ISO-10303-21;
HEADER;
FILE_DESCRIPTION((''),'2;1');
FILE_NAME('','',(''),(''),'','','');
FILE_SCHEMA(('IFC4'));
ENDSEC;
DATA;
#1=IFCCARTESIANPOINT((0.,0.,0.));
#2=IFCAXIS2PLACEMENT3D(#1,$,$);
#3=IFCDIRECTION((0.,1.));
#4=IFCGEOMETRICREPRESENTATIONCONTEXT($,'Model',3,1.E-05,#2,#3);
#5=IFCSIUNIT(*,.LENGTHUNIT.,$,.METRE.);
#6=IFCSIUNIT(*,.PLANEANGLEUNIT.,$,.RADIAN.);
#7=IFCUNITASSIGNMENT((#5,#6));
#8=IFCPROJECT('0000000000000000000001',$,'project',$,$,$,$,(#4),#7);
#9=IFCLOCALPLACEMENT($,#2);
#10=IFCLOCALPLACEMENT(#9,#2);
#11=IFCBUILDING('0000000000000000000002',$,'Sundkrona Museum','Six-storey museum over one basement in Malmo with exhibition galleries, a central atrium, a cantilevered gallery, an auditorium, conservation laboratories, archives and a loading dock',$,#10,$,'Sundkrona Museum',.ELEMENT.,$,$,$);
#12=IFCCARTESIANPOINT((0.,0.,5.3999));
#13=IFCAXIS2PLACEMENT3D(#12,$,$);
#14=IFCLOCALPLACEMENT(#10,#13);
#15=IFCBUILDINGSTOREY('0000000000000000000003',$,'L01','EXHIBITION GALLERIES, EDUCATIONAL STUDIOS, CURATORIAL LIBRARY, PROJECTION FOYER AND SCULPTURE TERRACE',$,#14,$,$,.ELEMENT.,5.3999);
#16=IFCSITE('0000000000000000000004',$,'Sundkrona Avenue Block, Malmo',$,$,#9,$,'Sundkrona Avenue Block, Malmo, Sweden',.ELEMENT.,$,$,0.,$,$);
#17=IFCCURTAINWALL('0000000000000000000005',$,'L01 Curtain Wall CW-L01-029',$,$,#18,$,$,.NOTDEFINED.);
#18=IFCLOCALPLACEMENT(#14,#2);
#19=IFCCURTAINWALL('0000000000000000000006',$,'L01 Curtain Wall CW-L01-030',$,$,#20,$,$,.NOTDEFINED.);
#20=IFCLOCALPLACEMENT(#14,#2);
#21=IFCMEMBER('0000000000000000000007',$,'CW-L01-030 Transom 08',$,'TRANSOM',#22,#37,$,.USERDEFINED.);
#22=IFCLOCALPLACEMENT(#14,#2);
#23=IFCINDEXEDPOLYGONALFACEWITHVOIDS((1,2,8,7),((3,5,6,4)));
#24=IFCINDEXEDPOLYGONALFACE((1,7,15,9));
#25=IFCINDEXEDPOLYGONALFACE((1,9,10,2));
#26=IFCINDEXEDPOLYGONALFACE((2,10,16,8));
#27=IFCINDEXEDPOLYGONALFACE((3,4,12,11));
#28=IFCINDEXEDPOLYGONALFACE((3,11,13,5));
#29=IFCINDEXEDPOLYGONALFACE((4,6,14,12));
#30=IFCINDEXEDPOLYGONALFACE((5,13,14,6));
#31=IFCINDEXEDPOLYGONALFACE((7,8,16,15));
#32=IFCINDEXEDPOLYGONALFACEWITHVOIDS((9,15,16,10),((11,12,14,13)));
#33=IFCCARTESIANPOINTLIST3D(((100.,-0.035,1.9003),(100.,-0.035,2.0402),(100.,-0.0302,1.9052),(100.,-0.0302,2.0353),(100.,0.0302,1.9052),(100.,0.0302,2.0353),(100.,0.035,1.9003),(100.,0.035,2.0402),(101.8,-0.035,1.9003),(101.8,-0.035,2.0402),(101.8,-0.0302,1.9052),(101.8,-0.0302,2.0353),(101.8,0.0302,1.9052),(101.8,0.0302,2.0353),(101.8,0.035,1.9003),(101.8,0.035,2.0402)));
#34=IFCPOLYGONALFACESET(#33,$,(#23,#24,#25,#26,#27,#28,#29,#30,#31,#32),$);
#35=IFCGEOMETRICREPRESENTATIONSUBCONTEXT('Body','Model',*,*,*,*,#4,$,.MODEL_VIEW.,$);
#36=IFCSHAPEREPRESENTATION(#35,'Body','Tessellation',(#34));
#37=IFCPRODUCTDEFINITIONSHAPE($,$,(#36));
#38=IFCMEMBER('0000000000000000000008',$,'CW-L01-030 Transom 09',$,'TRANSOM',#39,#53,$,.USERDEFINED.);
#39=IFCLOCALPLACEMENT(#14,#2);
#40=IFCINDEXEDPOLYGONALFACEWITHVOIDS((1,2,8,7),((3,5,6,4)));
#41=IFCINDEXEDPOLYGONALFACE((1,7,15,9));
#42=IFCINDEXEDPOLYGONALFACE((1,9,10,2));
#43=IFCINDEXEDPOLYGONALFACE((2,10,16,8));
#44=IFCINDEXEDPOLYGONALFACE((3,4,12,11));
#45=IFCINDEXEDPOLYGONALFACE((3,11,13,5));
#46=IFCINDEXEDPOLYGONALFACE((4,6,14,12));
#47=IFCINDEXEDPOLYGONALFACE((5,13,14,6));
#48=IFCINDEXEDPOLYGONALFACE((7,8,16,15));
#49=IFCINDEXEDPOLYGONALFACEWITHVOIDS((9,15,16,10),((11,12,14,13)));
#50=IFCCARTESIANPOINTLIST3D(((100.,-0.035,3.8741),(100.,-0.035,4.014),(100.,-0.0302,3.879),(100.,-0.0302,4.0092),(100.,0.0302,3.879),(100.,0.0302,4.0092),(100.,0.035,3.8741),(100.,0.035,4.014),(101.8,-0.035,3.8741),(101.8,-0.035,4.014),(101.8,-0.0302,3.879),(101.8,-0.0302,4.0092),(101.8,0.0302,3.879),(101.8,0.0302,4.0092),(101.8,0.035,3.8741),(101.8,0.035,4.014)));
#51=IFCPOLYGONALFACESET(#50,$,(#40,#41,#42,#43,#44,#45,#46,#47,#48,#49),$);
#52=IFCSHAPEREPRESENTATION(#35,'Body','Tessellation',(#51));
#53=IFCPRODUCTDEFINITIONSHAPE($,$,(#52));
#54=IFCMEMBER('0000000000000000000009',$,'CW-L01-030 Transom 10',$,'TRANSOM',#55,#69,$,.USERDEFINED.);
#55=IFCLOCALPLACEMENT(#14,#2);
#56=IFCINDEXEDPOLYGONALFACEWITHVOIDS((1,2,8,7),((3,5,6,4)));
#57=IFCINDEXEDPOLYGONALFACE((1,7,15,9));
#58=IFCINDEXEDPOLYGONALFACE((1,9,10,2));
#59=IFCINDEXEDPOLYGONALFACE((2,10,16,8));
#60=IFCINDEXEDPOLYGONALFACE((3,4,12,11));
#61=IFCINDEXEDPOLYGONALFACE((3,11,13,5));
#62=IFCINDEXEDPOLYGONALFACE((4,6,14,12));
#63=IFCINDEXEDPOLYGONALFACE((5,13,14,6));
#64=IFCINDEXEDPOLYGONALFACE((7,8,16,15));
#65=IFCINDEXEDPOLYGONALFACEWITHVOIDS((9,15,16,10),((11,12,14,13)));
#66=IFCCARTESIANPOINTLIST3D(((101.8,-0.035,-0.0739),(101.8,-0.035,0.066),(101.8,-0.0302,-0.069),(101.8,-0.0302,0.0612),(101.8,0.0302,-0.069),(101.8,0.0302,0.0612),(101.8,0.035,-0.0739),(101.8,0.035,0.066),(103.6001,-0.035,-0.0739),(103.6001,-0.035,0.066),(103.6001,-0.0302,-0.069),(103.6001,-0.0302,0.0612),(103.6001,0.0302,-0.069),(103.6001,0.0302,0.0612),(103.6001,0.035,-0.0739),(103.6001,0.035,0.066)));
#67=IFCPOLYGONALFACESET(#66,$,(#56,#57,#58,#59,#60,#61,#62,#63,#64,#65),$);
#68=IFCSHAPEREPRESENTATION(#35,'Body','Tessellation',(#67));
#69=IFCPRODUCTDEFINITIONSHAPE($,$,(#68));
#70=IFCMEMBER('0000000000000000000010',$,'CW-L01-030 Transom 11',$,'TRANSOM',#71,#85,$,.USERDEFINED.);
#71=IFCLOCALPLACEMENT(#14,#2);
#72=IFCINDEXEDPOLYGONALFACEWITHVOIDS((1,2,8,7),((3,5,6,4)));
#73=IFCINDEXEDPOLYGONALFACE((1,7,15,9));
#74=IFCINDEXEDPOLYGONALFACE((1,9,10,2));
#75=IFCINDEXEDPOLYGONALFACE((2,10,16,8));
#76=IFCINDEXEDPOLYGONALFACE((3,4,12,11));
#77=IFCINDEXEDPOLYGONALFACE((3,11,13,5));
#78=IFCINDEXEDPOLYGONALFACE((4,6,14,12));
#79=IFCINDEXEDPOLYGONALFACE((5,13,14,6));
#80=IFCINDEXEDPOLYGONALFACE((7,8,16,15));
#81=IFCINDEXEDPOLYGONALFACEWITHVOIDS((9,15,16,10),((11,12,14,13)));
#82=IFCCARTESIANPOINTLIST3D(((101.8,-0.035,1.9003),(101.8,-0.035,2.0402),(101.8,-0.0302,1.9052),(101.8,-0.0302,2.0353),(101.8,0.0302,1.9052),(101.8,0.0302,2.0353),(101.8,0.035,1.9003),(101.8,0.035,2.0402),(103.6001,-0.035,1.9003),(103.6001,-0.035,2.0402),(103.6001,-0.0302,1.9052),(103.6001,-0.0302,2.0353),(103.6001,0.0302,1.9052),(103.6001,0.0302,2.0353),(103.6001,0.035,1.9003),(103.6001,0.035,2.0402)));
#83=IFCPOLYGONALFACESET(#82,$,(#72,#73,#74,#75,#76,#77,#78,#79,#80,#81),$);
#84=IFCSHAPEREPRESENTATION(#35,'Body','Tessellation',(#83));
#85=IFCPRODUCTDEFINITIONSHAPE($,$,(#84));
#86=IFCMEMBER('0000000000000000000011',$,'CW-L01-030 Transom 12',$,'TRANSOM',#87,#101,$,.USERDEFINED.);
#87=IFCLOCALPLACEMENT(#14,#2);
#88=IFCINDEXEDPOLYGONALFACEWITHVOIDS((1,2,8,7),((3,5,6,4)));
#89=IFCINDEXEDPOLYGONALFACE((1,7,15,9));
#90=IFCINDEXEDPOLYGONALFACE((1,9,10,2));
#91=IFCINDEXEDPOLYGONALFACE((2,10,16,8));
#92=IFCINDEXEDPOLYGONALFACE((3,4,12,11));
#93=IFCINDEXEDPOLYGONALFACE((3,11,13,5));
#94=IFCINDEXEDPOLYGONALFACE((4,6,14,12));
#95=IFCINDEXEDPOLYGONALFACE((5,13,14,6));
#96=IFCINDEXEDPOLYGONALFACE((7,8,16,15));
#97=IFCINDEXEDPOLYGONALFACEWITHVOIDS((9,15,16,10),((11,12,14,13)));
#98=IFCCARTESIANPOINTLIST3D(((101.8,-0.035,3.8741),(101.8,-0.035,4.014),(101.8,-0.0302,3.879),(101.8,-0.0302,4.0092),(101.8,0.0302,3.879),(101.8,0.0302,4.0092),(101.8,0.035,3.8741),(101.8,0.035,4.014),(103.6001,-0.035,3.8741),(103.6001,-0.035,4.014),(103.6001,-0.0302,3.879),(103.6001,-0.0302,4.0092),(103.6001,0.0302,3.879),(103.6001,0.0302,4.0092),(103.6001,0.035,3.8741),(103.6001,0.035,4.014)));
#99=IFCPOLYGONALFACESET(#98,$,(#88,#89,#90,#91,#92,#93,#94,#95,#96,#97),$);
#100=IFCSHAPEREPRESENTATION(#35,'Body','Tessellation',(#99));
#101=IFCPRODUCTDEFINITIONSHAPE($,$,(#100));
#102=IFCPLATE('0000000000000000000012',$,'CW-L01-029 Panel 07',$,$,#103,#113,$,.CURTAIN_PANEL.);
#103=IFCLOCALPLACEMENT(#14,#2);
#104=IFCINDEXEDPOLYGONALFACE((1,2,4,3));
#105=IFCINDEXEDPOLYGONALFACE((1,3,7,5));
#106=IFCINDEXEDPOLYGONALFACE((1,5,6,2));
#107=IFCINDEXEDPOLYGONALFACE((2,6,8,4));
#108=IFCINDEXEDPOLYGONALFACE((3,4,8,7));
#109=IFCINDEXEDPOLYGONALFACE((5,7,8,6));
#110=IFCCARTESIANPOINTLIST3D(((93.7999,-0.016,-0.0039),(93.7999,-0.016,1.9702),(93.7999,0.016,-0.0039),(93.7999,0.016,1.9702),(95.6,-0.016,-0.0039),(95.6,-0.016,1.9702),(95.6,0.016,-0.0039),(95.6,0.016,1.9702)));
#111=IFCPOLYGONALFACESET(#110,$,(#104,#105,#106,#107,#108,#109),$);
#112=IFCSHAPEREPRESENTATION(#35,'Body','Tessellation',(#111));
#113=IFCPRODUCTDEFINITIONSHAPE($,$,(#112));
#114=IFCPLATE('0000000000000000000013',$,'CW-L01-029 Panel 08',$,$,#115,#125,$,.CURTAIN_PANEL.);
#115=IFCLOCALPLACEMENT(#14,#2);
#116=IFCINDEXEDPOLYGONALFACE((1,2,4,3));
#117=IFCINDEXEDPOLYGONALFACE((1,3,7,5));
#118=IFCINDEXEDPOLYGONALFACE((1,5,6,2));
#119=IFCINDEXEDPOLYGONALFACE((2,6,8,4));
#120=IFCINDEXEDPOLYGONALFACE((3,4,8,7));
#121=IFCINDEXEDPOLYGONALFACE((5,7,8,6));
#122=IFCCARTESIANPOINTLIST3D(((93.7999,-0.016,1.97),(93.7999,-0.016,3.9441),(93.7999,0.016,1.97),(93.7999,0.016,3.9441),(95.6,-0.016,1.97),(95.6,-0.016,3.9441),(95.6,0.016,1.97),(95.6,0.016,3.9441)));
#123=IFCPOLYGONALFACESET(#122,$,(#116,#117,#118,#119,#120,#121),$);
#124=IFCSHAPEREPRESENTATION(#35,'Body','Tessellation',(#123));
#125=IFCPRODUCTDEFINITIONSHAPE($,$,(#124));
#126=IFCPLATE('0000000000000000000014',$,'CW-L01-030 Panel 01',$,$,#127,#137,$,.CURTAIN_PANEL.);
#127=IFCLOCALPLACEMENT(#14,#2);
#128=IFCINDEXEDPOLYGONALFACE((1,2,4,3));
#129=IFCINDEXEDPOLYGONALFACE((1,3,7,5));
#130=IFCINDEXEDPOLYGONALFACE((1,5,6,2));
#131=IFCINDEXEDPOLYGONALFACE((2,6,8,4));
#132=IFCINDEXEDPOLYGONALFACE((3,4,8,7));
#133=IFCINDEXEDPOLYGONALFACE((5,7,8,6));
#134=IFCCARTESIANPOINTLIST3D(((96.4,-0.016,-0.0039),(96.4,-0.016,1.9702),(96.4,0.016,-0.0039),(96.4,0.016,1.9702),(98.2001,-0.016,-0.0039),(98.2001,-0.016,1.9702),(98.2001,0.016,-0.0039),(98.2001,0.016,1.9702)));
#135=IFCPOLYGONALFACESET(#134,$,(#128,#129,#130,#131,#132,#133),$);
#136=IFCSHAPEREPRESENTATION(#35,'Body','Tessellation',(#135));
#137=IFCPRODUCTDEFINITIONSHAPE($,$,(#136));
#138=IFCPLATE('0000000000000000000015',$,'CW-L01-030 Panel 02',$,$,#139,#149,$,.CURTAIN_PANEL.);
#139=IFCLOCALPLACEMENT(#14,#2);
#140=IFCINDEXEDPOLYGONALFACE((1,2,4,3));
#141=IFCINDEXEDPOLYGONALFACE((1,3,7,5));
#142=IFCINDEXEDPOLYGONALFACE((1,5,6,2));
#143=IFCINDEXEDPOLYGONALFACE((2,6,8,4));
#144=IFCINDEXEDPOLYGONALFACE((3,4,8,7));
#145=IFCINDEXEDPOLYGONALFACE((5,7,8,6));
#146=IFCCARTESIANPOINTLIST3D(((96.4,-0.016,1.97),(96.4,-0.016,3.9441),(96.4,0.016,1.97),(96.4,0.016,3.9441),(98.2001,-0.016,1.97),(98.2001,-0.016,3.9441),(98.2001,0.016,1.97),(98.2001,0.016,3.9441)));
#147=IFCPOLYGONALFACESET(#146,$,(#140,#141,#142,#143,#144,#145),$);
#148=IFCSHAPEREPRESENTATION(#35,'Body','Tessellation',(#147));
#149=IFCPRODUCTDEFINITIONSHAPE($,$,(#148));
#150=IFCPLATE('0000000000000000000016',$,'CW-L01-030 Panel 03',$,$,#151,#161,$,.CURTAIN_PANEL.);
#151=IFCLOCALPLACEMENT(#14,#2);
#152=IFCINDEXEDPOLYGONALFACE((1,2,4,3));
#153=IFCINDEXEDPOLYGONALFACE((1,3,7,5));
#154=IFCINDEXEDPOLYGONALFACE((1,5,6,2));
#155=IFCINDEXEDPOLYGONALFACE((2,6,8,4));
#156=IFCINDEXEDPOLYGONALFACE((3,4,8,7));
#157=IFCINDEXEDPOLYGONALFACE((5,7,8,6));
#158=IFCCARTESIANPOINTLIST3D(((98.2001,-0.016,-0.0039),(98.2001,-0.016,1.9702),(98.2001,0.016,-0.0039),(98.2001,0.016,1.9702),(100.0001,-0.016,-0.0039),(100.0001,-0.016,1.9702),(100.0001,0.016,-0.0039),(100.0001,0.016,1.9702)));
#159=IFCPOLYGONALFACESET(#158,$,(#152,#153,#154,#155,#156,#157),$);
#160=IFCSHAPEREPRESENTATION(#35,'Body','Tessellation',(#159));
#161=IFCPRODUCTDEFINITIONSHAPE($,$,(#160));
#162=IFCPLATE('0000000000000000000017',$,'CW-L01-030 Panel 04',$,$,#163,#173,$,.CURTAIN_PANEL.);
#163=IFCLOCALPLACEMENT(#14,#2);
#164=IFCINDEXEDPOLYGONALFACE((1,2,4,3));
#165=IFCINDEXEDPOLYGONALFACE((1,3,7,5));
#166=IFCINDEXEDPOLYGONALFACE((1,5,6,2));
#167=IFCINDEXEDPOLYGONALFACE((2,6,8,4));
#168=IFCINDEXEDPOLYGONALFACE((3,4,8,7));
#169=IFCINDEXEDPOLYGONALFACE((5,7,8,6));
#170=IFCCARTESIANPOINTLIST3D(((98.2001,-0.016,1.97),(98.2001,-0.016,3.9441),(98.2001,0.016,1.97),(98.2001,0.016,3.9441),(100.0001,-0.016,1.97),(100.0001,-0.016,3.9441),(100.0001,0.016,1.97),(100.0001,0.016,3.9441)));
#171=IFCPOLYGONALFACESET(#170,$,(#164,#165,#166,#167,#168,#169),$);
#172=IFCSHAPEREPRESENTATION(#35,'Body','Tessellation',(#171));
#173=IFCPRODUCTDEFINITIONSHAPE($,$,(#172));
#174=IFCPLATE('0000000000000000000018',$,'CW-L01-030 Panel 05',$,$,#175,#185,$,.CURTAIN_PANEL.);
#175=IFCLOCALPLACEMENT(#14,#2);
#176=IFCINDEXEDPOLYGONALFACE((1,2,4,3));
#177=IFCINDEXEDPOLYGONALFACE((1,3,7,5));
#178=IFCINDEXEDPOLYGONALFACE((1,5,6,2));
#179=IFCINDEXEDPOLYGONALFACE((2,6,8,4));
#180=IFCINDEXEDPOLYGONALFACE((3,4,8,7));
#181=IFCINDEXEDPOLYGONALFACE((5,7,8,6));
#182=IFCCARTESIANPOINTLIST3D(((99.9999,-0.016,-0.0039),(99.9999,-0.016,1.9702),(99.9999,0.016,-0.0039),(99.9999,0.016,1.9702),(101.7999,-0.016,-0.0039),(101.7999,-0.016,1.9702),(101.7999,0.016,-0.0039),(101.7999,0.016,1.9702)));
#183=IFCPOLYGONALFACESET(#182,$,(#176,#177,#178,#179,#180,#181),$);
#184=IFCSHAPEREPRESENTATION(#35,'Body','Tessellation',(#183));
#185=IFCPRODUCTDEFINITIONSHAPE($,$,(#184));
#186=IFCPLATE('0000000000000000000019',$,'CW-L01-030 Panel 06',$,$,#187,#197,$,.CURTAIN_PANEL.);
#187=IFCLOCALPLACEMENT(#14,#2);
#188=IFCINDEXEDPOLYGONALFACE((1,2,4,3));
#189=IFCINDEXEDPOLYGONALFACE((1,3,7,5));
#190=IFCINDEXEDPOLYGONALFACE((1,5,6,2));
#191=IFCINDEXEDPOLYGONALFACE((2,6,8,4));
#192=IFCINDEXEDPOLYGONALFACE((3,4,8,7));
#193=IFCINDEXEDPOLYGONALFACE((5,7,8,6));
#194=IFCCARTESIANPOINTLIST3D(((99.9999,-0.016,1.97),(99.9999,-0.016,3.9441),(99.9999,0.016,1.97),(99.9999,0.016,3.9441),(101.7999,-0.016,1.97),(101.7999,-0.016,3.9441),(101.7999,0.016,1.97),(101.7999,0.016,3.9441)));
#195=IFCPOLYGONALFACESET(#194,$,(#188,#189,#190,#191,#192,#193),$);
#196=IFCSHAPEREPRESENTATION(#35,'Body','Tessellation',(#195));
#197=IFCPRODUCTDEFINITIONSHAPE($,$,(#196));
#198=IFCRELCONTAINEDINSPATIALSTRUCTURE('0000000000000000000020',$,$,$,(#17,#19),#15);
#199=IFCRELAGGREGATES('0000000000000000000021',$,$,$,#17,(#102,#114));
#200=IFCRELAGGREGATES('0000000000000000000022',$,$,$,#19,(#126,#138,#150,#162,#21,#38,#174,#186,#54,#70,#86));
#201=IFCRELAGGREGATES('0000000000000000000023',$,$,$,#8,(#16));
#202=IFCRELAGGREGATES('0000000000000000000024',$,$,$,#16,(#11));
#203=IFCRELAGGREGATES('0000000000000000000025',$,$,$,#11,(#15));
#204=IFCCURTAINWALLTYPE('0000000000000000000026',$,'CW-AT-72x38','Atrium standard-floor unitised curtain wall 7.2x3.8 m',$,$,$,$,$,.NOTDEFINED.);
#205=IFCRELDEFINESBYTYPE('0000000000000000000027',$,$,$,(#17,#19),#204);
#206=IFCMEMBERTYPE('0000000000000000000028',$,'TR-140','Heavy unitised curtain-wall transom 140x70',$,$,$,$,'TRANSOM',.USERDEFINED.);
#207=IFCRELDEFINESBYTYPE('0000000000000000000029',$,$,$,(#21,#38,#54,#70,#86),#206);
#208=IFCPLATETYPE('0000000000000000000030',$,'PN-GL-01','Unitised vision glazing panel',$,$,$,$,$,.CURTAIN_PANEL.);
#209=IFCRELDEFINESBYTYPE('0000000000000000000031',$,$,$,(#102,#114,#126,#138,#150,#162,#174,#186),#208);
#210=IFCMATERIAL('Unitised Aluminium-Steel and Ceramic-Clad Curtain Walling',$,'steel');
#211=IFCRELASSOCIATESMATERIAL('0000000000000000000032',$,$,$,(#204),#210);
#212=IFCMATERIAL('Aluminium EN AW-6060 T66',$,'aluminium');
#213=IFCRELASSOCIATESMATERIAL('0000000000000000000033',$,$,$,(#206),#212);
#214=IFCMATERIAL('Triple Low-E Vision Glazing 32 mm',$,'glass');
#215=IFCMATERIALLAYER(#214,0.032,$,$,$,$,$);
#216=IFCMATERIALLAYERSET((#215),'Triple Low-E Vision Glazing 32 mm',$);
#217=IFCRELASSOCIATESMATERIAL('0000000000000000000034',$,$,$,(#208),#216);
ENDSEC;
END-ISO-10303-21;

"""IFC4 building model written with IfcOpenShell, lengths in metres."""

from ifc_helpers import new_model, si_unit, direction, frame, origin, origin_2d, place, context, subcontext, project, spatial, rectangle, hollow_rectangle, extrude, material, layer, layer_set, material_profile, profile_set, type_object, element, aggregate, save


model = new_model("IFC4")

# Units and contexts
model_context = context("Model", 3, precision=1e-05, world=origin(), true_north=direction((0.0, 1.0)))
body_context = subcontext(model_context, "Body", "Model", "MODEL_VIEW")
ifc_project = project(units=[si_unit("LENGTHUNIT", "METRE"), si_unit("PLANEANGLEUNIT", "RADIAN")], contexts=[model_context])

# Site, building, storey
site_placement = place(None, origin())
site = spatial("IfcSite", under=ifc_project, at=site_placement, Name="Sundkrona Avenue Block, Malmo", LongName="Sundkrona Avenue Block, Malmo, Sweden", CompositionType="ELEMENT", RefElevation=0.0)
building_placement = place(site_placement, origin())
building = spatial("IfcBuilding", under=site, at=building_placement, Name="Sundkrona Museum", Description="Six-storey museum over one basement in Malmo with exhibition galleries, a central atrium, a cantilevered gallery, an auditorium, conservation laboratories, archives and a loading dock", LongName="Sundkrona Museum", CompositionType="ELEMENT")
storey_placement = place(building_placement, frame((0.0, 0.0, 5.3999)))
storey = spatial("IfcBuildingStorey", under=building, at=storey_placement, Name="L01", Description="EXHIBITION GALLERIES, EDUCATIONAL STUDIOS, CURATORIAL LIBRARY, PROJECTION FOYER AND SCULPTURE TERRACE", CompositionType="ELEMENT", Elevation=5.3999)

# Curtain wall
ifc_material_1 = material(Name="Unitised Aluminium-Steel and Ceramic-Clad Curtain Walling", Category="steel")
curtain_wall_type_1 = type_object("IfcCurtainWallType", Name="CW-AT-72x38", Description="Atrium standard-floor unitised curtain wall 7.2x3.8 m", PredefinedType="NOTDEFINED", material=ifc_material_1)
curtain_wall_1_placement = place(storey_placement, origin())
curtain_wall_1 = element("IfcCurtainWall", 1, at=curtain_wall_1_placement, inside=storey, type_object=curtain_wall_type_1, Name="L01 Curtain Wall CW-L01-029", PredefinedType="NOTDEFINED")
ifc_material_2 = material(Name="Aluminium EN AW-6060 T66", Category="aluminium")

# Curtain wall
curtain_wall_2_placement = place(storey_placement, origin())
curtain_wall_2 = element("IfcCurtainWall", 2, at=curtain_wall_2_placement, inside=storey, type_object=curtain_wall_type_1, Name="L01 Curtain Wall CW-L01-030", PredefinedType="NOTDEFINED")

# Members
ifc_material_profile_1 = material_profile(ifc_material_2, hollow_rectangle(XDim=0.0701, YDim=0.1399, WallThickness=0.0049, at=origin_2d()), Name="RHS 140x70x5.0")
ifc_profile_set_1 = profile_set([ifc_material_profile_1], Name="Aluminium EN AW-6060 T66")
member_type_1 = type_object("IfcMemberType", Name="TR-140", Description="Heavy unitised curtain-wall transom 140x70", ElementType="TRANSOM", PredefinedType="USERDEFINED", material=ifc_profile_set_1)
member_1_placement = place(storey_placement, frame((100.0, 0.0, 1.9702), z_axis=(1.0, 0.0, 0.0), x_axis=(0.0, 1.0, 0.0)))
member_1 = element("IfcMember", 3, at=member_1_placement, type_object=member_type_1, Name="CW-L01-030 Transom 08", ObjectType="TRANSOM", PredefinedType="USERDEFINED", context=body_context, shape_type="SweptSolid", body=[
    extrude(hollow_rectangle(XDim=0.0701, YDim=0.1399, WallThickness=0.0049, at=origin_2d()), origin(), (0.0, 0.0, 1.0), 1.8),
])
member_2_placement = place(storey_placement, frame((100.0, 0.0, 3.9441), z_axis=(1.0, 0.0, 0.0), x_axis=(0.0, 1.0, 0.0)))
member_2 = element("IfcMember", 4, at=member_2_placement, type_object=member_type_1, Name="CW-L01-030 Transom 09", ObjectType="TRANSOM", PredefinedType="USERDEFINED", context=body_context, shape_type="SweptSolid", body=[
    extrude(hollow_rectangle(XDim=0.0701, YDim=0.1399, WallThickness=0.0049, at=origin_2d()), origin(), (0.0, 0.0, 1.0), 1.8),
])
member_3_placement = place(storey_placement, frame((101.8, 0.0, -0.0039), z_axis=(1.0, 0.0, 0.0), x_axis=(0.0, 1.0, 0.0)))
member_3 = element("IfcMember", 5, at=member_3_placement, type_object=member_type_1, Name="CW-L01-030 Transom 10", ObjectType="TRANSOM", PredefinedType="USERDEFINED", context=body_context, shape_type="SweptSolid", body=[
    extrude(hollow_rectangle(XDim=0.0701, YDim=0.1399, WallThickness=0.0049, at=origin_2d()), origin(), (0.0, 0.0, 1.0), 1.8),
])
member_4_placement = place(storey_placement, frame((101.8, 0.0, 1.9702), z_axis=(1.0, 0.0, 0.0), x_axis=(0.0, 1.0, 0.0)))
member_4 = element("IfcMember", 6, at=member_4_placement, type_object=member_type_1, Name="CW-L01-030 Transom 11", ObjectType="TRANSOM", PredefinedType="USERDEFINED", context=body_context, shape_type="SweptSolid", body=[
    extrude(hollow_rectangle(XDim=0.0701, YDim=0.1399, WallThickness=0.0049, at=origin_2d()), origin(), (0.0, 0.0, 1.0), 1.8),
])
member_5_placement = place(storey_placement, frame((101.8, 0.0, 3.9441), z_axis=(1.0, 0.0, 0.0), x_axis=(0.0, 1.0, 0.0)))
member_5 = element("IfcMember", 7, at=member_5_placement, type_object=member_type_1, Name="CW-L01-030 Transom 12", ObjectType="TRANSOM", PredefinedType="USERDEFINED", context=body_context, shape_type="SweptSolid", body=[
    extrude(hollow_rectangle(XDim=0.0701, YDim=0.1399, WallThickness=0.0049, at=origin_2d()), origin(), (0.0, 0.0, 1.0), 1.8),
])

# Plates
ifc_material_3 = material(Name="Triple Low-E Vision Glazing 32 mm", Category="glass")
ifc_layer = layer(ifc_material_3, 0.032)
ifc_layer_set = layer_set([ifc_layer], Name="Triple Low-E Vision Glazing 32 mm")
plate_type = type_object("IfcPlateType", Name="PN-GL-01", Description="Unitised vision glazing panel", PredefinedType="CURTAIN_PANEL", material=ifc_layer_set)
plate_1_placement = place(storey_placement, frame((94.7, 0.0, -0.0039), z_axis=(0.0, 0.0, 1.0), x_axis=(1.0, 0.0, 0.0)))
plate_1 = element("IfcPlate", 8, at=plate_1_placement, type_object=plate_type, Name="CW-L01-029 Panel 07", PredefinedType="CURTAIN_PANEL", context=body_context, shape_type="SweptSolid", body=[
    extrude(rectangle(XDim=1.8, YDim=0.032, at=origin_2d()), origin(), (0.0, 0.0, 1.0), 1.9741),
])
plate_2_placement = place(storey_placement, frame((94.7, 0.0, 1.97), z_axis=(0.0, 0.0, 1.0), x_axis=(1.0, 0.0, 0.0)))
plate_2 = element("IfcPlate", 9, at=plate_2_placement, type_object=plate_type, Name="CW-L01-029 Panel 08", PredefinedType="CURTAIN_PANEL", context=body_context, shape_type="SweptSolid", body=[
    extrude(rectangle(XDim=1.8, YDim=0.032, at=origin_2d()), origin(), (0.0, 0.0, 1.0), 1.9741),
])
aggregate(curtain_wall_1, [plate_1, plate_2])
plate_3_placement = place(storey_placement, frame((97.3, 0.0, -0.0039), z_axis=(0.0, 0.0, 1.0), x_axis=(1.0, 0.0, 0.0)))
plate_3 = element("IfcPlate", 10, at=plate_3_placement, type_object=plate_type, Name="CW-L01-030 Panel 01", PredefinedType="CURTAIN_PANEL", context=body_context, shape_type="SweptSolid", body=[
    extrude(rectangle(XDim=1.8, YDim=0.032, at=origin_2d()), origin(), (0.0, 0.0, 1.0), 1.9741),
])
plate_4_placement = place(storey_placement, frame((97.3, 0.0, 1.97), z_axis=(0.0, 0.0, 1.0), x_axis=(1.0, 0.0, 0.0)))
plate_4 = element("IfcPlate", 11, at=plate_4_placement, type_object=plate_type, Name="CW-L01-030 Panel 02", PredefinedType="CURTAIN_PANEL", context=body_context, shape_type="SweptSolid", body=[
    extrude(rectangle(XDim=1.8, YDim=0.032, at=origin_2d()), origin(), (0.0, 0.0, 1.0), 1.9741),
])
plate_5_placement = place(storey_placement, frame((99.1001, 0.0, -0.0039), z_axis=(0.0, 0.0, 1.0), x_axis=(1.0, 0.0, 0.0)))
plate_5 = element("IfcPlate", 12, at=plate_5_placement, type_object=plate_type, Name="CW-L01-030 Panel 03", PredefinedType="CURTAIN_PANEL", context=body_context, shape_type="SweptSolid", body=[
    extrude(rectangle(XDim=1.8, YDim=0.032, at=origin_2d()), origin(), (0.0, 0.0, 1.0), 1.9741),
])
plate_6_placement = place(storey_placement, frame((99.1001, 0.0, 1.97), z_axis=(0.0, 0.0, 1.0), x_axis=(1.0, 0.0, 0.0)))
plate_6 = element("IfcPlate", 13, at=plate_6_placement, type_object=plate_type, Name="CW-L01-030 Panel 04", PredefinedType="CURTAIN_PANEL", context=body_context, shape_type="SweptSolid", body=[
    extrude(rectangle(XDim=1.8, YDim=0.032, at=origin_2d()), origin(), (0.0, 0.0, 1.0), 1.9741),
])
plate_7_placement = place(storey_placement, frame((100.8999, 0.0, -0.0039), z_axis=(0.0, 0.0, 1.0), x_axis=(1.0, 0.0, 0.0)))
plate_7 = element("IfcPlate", 14, at=plate_7_placement, type_object=plate_type, Name="CW-L01-030 Panel 05", PredefinedType="CURTAIN_PANEL", context=body_context, shape_type="SweptSolid", body=[
    extrude(rectangle(XDim=1.8, YDim=0.032, at=origin_2d()), origin(), (0.0, 0.0, 1.0), 1.9741),
])
plate_8_placement = place(storey_placement, frame((100.8999, 0.0, 1.97), z_axis=(0.0, 0.0, 1.0), x_axis=(1.0, 0.0, 0.0)))
plate_8 = element("IfcPlate", 15, at=plate_8_placement, type_object=plate_type, Name="CW-L01-030 Panel 06", PredefinedType="CURTAIN_PANEL", context=body_context, shape_type="SweptSolid", body=[
    extrude(rectangle(XDim=1.8, YDim=0.032, at=origin_2d()), origin(), (0.0, 0.0, 1.0), 1.9741),
])
aggregate(curtain_wall_2, [plate_3, plate_4, plate_5, plate_6, member_1, member_2, plate_7, plate_8, member_3, member_4, member_5])

save(model, "model.ifc")
